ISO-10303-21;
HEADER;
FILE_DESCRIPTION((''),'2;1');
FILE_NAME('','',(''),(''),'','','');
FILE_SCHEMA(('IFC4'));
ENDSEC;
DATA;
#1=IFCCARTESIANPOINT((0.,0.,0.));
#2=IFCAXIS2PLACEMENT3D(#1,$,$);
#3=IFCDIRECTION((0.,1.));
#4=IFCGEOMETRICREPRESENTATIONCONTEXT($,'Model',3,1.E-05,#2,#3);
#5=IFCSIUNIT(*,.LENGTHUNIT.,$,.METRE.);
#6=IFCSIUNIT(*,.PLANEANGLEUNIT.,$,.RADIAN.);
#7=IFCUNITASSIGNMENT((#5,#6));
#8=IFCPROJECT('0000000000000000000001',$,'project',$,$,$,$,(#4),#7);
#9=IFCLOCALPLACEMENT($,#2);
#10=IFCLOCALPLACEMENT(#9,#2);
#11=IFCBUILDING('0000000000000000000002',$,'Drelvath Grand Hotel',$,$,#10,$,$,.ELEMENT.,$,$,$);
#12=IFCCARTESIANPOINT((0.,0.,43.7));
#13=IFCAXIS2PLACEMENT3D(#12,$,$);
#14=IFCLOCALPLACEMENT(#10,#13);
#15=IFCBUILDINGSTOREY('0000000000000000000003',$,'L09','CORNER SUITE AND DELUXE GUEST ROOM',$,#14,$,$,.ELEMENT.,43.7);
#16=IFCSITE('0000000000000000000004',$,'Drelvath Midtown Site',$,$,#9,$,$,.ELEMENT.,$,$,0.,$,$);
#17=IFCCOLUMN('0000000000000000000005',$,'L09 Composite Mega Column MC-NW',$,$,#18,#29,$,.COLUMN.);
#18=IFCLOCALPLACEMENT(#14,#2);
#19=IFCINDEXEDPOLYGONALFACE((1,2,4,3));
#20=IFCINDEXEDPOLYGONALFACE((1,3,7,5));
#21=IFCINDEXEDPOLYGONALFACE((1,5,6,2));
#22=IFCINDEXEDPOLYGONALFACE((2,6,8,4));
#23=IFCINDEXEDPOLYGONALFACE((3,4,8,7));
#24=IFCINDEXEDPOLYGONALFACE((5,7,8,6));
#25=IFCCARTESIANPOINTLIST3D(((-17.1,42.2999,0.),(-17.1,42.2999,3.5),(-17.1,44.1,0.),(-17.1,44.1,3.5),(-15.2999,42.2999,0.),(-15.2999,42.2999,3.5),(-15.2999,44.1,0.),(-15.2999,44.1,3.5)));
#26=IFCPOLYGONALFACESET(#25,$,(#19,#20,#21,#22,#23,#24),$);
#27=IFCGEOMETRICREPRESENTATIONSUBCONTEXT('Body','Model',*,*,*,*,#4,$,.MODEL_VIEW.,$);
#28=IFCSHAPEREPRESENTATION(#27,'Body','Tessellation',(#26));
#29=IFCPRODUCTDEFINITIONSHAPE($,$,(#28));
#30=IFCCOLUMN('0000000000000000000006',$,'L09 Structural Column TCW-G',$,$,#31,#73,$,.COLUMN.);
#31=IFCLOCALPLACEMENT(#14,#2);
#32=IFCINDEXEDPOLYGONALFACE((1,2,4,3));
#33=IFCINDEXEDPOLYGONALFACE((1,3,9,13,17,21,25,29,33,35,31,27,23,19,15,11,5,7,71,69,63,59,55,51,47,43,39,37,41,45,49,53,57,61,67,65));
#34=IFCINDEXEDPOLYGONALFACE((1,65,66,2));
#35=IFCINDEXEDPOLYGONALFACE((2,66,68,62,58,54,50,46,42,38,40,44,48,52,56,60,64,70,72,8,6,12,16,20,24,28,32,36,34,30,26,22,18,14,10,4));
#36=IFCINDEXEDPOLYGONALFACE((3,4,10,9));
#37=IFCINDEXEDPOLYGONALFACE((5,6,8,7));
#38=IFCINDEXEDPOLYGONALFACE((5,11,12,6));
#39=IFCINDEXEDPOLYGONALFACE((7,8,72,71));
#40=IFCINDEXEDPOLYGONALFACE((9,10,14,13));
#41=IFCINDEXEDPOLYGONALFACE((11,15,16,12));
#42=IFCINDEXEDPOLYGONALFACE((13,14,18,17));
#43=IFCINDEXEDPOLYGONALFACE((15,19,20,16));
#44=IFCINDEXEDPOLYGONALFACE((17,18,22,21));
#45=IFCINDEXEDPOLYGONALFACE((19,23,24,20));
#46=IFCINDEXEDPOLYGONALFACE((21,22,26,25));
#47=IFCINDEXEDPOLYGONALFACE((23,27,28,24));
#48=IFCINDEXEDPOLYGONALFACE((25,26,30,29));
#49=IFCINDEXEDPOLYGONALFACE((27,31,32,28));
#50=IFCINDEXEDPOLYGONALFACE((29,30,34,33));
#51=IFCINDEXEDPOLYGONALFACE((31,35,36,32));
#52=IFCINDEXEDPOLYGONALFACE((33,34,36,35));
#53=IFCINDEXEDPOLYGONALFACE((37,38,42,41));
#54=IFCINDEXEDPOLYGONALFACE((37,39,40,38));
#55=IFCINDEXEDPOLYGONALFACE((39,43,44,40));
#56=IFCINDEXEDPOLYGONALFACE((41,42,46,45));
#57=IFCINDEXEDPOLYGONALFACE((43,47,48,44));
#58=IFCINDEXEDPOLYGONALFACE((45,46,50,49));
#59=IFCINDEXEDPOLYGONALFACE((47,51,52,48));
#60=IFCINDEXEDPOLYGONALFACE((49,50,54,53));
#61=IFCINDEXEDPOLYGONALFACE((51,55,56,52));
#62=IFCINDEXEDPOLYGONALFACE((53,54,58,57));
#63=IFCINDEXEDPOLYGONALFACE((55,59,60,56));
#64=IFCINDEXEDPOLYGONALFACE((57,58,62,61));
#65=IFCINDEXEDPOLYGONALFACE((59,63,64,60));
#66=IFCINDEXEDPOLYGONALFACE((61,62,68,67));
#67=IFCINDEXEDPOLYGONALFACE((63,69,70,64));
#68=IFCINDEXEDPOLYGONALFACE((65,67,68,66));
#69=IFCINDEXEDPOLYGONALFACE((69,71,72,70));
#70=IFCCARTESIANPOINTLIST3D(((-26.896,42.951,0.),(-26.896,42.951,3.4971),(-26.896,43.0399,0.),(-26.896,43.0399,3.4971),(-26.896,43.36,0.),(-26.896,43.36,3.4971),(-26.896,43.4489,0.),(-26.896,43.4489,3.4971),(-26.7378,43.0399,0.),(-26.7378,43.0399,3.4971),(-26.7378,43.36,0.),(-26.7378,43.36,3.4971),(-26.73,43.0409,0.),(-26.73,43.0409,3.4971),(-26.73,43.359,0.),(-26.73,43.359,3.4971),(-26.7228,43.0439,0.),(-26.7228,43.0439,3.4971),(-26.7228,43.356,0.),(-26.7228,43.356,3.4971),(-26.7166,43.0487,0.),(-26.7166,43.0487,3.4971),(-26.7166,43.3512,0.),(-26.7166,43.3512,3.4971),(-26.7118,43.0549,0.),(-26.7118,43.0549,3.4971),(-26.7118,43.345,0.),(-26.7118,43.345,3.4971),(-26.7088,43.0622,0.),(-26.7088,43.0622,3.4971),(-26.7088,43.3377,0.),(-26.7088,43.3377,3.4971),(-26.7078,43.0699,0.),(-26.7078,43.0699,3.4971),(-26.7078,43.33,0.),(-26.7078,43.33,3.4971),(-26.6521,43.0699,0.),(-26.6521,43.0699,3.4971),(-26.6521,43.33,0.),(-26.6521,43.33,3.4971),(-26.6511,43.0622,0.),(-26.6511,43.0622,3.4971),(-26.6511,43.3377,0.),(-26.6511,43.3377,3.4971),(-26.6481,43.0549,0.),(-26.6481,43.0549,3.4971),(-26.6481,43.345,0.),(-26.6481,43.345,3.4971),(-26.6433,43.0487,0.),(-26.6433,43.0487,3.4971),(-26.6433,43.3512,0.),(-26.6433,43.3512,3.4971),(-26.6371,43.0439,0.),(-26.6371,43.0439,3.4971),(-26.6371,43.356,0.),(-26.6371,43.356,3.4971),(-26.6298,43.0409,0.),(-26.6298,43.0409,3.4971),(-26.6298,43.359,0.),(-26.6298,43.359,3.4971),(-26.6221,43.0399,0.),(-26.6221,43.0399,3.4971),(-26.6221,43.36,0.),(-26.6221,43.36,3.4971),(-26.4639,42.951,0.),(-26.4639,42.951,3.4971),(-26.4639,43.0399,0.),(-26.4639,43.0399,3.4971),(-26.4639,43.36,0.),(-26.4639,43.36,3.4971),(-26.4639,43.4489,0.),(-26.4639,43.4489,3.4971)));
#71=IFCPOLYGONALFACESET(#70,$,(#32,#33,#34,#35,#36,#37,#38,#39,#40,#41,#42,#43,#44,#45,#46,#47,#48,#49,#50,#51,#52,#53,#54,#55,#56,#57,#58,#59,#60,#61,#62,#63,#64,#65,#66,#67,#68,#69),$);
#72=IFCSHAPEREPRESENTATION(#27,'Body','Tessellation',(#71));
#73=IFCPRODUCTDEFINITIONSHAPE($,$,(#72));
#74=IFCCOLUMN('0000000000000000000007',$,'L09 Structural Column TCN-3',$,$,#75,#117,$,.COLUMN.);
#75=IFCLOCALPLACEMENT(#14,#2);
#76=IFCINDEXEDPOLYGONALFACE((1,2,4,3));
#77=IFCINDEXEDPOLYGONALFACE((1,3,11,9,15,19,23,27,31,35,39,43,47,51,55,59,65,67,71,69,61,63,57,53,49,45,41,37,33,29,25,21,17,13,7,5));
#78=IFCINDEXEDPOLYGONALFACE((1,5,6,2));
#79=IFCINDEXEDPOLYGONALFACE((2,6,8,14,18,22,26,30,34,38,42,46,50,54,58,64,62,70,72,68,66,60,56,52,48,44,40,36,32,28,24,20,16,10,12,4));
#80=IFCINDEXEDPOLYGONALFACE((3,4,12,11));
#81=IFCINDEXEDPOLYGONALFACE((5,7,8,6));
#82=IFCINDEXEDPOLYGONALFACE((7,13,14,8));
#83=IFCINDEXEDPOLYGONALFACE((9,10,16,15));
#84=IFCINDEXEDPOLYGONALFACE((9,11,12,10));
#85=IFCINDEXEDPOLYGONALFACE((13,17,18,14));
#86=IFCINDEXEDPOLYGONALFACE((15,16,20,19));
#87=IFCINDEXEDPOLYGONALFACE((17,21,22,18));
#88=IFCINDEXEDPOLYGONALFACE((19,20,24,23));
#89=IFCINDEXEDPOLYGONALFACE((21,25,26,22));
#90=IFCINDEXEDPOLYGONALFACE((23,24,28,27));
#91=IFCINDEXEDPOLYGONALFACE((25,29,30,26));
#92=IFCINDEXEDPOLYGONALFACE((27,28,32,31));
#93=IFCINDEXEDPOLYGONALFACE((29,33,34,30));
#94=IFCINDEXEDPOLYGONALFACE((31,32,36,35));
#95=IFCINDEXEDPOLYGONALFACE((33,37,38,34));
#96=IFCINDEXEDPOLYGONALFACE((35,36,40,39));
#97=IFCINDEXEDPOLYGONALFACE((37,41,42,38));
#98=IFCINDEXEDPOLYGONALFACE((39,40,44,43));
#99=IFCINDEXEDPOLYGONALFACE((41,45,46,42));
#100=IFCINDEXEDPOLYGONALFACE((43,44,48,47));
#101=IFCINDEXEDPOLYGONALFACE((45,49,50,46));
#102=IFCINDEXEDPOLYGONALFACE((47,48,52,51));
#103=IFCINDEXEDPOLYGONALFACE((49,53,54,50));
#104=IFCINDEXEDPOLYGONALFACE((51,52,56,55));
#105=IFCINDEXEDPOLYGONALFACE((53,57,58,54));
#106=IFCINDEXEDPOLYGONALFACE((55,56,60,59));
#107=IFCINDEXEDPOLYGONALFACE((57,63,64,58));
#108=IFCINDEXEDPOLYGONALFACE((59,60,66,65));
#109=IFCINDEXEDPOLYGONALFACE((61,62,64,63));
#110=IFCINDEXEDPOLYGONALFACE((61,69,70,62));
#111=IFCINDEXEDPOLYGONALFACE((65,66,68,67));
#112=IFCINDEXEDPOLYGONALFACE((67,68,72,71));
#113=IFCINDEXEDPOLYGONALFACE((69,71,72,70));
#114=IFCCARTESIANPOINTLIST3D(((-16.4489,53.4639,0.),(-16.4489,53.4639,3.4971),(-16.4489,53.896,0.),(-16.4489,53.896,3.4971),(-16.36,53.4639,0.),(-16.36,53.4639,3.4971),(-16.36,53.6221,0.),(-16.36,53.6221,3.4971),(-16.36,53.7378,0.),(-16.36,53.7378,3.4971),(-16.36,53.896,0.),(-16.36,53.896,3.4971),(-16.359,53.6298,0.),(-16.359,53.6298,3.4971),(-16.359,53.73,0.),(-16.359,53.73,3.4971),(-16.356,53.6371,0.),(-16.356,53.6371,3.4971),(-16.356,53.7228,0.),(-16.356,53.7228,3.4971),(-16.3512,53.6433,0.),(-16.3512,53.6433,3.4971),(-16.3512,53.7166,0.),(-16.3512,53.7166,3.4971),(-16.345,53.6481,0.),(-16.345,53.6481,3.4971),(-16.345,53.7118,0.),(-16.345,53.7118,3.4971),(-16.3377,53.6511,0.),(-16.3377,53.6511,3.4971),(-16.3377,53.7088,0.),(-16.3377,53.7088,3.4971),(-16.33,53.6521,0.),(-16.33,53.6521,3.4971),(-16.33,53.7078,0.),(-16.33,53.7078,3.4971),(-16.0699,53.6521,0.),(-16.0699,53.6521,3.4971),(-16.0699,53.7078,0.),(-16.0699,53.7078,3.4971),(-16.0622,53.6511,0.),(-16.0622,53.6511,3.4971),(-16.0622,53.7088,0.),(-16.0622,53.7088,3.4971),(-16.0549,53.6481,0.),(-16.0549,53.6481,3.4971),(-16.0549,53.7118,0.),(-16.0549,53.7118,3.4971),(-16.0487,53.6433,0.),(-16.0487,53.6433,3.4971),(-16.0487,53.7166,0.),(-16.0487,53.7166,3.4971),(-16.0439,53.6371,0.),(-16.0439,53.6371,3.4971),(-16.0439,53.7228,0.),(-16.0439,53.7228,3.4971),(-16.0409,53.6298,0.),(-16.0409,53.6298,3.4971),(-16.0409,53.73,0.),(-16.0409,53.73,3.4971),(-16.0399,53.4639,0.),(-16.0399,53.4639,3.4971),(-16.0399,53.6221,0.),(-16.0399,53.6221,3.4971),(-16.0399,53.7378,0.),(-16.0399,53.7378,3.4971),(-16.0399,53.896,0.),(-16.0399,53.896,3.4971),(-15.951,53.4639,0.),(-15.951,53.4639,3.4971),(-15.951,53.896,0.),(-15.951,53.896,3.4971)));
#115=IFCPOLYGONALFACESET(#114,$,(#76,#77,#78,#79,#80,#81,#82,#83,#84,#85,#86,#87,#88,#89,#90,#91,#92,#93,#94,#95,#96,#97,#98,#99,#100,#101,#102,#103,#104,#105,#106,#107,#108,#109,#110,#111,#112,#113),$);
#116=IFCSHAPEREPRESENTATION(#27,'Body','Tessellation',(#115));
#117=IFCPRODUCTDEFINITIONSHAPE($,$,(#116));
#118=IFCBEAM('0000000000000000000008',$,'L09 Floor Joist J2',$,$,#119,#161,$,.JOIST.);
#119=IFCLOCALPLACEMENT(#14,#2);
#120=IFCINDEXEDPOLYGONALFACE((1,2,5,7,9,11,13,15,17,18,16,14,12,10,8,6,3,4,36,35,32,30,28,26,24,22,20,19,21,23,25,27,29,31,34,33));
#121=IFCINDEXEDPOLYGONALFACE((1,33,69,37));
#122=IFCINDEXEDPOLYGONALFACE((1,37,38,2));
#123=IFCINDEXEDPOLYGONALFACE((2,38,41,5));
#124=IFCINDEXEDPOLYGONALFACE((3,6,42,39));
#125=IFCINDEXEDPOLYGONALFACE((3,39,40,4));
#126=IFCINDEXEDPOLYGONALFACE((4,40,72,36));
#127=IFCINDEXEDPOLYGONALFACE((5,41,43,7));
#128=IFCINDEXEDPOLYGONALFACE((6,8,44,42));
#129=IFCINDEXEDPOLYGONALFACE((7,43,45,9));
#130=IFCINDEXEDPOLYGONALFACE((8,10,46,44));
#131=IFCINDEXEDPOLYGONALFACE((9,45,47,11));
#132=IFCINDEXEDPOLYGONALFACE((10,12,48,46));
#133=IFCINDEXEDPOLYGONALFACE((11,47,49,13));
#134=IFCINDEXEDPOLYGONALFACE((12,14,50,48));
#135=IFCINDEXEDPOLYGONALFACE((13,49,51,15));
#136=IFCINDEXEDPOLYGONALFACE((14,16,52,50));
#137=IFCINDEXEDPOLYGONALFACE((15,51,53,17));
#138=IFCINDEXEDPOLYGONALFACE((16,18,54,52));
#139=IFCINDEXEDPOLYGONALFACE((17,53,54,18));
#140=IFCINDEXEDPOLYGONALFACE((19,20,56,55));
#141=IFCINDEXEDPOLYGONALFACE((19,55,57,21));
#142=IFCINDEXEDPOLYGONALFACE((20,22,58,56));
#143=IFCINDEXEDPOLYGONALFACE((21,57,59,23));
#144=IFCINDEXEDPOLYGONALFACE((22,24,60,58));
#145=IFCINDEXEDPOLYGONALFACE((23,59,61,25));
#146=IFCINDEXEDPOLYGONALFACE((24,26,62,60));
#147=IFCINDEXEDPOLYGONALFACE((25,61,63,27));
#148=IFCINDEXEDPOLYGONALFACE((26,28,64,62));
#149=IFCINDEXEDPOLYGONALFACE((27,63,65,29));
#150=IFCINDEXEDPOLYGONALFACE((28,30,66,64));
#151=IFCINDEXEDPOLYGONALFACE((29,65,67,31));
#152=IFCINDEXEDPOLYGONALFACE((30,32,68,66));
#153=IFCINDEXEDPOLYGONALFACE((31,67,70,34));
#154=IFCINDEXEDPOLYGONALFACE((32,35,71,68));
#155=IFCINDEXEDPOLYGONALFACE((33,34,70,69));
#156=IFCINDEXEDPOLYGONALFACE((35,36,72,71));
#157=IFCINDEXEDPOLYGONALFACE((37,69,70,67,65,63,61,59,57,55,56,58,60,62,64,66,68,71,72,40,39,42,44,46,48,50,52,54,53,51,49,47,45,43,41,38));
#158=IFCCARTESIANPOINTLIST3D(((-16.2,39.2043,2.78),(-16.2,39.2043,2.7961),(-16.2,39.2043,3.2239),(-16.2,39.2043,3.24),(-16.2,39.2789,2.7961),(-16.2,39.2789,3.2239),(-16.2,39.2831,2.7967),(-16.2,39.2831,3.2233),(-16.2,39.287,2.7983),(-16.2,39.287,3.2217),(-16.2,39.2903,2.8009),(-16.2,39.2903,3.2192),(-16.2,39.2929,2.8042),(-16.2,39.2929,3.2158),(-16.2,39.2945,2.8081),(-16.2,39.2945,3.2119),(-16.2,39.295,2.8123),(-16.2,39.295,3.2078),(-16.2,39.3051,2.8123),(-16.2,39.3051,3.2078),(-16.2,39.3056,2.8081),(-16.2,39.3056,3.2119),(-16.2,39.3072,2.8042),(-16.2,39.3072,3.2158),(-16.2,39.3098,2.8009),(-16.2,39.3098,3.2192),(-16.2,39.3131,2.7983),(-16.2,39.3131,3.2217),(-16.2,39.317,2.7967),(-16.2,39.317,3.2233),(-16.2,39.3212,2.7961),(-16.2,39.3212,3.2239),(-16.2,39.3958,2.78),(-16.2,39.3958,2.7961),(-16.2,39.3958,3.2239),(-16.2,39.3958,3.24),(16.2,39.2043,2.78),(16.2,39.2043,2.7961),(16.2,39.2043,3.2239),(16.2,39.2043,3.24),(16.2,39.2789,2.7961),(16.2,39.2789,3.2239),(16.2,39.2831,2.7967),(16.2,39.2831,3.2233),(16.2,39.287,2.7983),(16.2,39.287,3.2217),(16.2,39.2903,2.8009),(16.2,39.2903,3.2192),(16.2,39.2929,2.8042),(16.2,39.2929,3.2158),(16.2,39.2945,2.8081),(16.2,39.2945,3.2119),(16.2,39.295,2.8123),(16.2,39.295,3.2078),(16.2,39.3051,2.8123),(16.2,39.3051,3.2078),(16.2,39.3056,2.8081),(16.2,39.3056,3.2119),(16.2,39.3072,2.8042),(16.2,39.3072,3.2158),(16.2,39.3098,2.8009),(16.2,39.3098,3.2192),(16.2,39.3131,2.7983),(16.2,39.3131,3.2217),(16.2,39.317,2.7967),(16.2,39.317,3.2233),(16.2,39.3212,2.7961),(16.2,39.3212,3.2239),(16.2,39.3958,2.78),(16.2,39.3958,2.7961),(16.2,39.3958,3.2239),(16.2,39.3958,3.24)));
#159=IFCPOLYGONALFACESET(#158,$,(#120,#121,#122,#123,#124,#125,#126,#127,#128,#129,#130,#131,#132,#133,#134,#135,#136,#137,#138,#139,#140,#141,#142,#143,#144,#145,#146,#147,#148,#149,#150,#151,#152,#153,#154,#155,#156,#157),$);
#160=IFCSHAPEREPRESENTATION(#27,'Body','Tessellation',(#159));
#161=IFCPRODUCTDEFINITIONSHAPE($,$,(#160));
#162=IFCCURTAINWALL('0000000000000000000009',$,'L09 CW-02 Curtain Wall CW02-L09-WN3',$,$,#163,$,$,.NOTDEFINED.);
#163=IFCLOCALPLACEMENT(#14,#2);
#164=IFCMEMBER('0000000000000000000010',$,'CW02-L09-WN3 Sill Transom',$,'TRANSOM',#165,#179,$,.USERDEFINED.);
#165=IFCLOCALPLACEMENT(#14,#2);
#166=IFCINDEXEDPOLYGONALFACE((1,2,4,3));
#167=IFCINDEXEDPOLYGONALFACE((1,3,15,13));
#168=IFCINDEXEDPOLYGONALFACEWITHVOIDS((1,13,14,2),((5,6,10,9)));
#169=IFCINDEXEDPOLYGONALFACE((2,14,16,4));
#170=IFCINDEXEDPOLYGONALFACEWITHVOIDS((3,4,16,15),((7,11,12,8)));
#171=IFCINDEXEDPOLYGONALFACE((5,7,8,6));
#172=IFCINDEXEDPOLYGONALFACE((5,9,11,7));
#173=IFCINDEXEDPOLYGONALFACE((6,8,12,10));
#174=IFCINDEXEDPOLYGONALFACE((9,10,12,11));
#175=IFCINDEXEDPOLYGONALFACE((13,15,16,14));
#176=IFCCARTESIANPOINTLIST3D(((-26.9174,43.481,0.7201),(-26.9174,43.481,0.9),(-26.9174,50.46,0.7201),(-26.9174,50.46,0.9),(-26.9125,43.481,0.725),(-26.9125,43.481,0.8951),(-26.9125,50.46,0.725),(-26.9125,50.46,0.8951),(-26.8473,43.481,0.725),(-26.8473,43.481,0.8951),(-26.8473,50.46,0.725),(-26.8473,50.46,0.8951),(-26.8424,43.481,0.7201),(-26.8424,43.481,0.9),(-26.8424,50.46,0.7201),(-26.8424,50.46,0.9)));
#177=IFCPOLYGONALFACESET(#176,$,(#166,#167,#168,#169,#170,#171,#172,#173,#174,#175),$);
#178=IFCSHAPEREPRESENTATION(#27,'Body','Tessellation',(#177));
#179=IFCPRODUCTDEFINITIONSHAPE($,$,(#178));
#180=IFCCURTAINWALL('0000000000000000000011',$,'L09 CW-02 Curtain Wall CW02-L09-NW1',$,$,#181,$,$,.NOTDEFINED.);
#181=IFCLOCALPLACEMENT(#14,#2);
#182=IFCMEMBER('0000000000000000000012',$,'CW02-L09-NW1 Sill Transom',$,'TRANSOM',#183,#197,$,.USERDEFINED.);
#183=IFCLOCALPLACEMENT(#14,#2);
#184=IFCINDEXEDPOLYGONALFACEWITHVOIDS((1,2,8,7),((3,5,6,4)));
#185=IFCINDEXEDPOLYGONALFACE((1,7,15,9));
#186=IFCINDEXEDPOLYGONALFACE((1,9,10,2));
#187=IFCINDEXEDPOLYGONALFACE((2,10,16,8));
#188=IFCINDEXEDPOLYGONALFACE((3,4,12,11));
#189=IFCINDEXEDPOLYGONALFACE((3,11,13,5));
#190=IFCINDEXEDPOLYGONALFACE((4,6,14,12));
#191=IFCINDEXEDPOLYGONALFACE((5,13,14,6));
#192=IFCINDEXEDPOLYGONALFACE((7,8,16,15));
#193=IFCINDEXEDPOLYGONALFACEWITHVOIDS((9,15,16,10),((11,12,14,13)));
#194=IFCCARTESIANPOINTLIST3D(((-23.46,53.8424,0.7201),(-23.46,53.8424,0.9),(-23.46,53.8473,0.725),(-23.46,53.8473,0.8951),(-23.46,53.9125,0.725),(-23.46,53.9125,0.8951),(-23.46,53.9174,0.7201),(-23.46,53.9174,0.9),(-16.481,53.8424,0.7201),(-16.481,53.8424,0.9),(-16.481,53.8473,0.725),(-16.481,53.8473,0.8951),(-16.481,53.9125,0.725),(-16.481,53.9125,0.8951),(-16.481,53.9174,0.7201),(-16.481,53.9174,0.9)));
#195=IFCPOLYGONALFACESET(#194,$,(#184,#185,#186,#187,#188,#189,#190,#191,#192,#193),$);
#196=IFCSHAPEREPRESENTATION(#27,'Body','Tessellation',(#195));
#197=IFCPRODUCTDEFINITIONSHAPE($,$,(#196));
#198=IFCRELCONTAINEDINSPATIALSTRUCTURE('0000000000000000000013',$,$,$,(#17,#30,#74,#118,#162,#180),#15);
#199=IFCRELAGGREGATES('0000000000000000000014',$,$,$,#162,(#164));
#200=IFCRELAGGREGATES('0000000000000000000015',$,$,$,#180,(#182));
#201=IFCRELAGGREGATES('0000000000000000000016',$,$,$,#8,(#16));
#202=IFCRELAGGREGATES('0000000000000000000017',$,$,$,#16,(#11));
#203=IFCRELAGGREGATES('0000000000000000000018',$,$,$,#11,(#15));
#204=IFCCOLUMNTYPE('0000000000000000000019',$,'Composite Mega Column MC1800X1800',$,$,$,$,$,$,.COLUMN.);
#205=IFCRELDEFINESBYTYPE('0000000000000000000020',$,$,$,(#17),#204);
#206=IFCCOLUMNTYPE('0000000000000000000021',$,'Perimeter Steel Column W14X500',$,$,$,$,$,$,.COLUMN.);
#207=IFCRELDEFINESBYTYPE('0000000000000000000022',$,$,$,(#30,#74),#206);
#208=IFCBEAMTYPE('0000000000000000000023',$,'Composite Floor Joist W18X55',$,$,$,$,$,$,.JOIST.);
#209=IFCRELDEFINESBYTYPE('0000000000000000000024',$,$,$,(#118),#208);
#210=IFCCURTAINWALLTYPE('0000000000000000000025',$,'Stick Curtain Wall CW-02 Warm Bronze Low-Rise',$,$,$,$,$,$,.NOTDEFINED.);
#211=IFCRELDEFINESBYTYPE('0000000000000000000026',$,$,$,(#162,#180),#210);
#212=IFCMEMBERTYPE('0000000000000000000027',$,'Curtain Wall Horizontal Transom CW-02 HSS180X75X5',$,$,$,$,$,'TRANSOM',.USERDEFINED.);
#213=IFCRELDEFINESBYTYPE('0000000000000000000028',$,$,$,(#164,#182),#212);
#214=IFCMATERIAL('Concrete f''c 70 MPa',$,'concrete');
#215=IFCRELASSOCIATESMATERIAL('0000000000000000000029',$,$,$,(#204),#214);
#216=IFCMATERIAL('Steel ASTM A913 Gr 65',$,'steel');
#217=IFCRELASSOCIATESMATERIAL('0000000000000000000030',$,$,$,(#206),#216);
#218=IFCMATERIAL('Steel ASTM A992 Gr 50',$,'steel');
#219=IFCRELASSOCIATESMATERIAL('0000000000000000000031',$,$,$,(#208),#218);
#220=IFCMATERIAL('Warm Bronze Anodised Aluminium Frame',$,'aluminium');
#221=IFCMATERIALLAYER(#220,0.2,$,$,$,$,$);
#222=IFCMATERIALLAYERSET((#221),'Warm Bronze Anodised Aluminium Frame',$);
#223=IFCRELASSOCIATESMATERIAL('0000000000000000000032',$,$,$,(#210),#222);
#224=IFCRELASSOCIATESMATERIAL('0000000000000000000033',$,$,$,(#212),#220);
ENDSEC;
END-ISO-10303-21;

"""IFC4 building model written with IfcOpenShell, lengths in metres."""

from ifc_helpers import new_model, si_unit, direction, frame, origin, origin_2d, place, context, subcontext, project, spatial, rectangle, hollow_rectangle, i_section, extrude, material, layer, layer_set, material_profile, profile_set, type_object, element, aggregate, save


model = new_model("IFC4")

# Units and contexts
model_context = context("Model", 3, precision=1e-05, world=origin(), true_north=direction((0.0, 1.0)))
body_context = subcontext(model_context, "Body", "Model", "MODEL_VIEW")
ifc_project = project(units=[si_unit("LENGTHUNIT", "METRE"), si_unit("PLANEANGLEUNIT", "RADIAN")], contexts=[model_context])

# Site, building, storey
site_placement = place(None, origin())
site = spatial("IfcSite", under=ifc_project, at=site_placement, Name="Drelvath Midtown Site", CompositionType="ELEMENT", RefElevation=0.0)
building_placement = place(site_placement, origin())
building = spatial("IfcBuilding", under=site, at=building_placement, Name="Drelvath Grand Hotel", CompositionType="ELEMENT")
storey_placement = place(building_placement, frame((0.0, 0.0, 43.7)))
storey = spatial("IfcBuildingStorey", under=building, at=storey_placement, Name="L09", Description="CORNER SUITE AND DELUXE GUEST ROOM", CompositionType="ELEMENT", Elevation=43.7)

# Columns
ifc_material_1 = material(Name="Concrete f'c 70 MPa", Category="concrete")
ifc_material_profile_1 = material_profile(ifc_material_1, rectangle(XDim=1.8, YDim=1.8, at=origin_2d()), Name="MC1800X1800")
ifc_profile_set_1 = profile_set([ifc_material_profile_1], Name="Concrete f'c 70 MPa")
column_type_1 = type_object("IfcColumnType", Name="Composite Mega Column MC1800X1800", PredefinedType="COLUMN", material=ifc_profile_set_1)
column_placement = place(storey_placement, frame((-16.2, 43.2, 0.0), z_axis=(0.0, 0.0, 1.0), x_axis=(1.0, 0.0, 0.0)))
element("IfcColumn", 1, at=column_placement, inside=storey, type_object=column_type_1, Name="L09 Composite Mega Column MC-NW", PredefinedType="COLUMN", context=body_context, shape_type="SweptSolid", body=[
    extrude(rectangle(XDim=1.8, YDim=1.8, at=origin_2d()), origin(), (0.0, 0.0, 1.0), 3.5),
])
ifc_material_2 = material(Name="Steel ASTM A913 Gr 65", Category="steel")
ifc_material_profile_2 = material_profile(ifc_material_2, i_section(OverallWidth=0.4321, OverallDepth=0.4978, WebThickness=0.0557, FlangeThickness=0.0889, FilletRadius=0.03, at=origin_2d()), Name="W14X500")
ifc_profile_set_2 = profile_set([ifc_material_profile_2], Name="Steel ASTM A913 Gr 65")
column_type_2 = type_object("IfcColumnType", Name="Perimeter Steel Column W14X500", PredefinedType="COLUMN", material=ifc_profile_set_2)
for number, where, z_axis, x_axis, name in (
    (2, (-26.6799, 43.2, 0.0), (0.0, 0.0, 1.0), (1.0, 0.0, 0.0), "L09 Structural Column TCW-G"),
    (3, (-16.2, 53.6799, 0.0), (0.0, 0.0, 1.0), (0.0, 1.0, 0.0), "L09 Structural Column TCN-3"),
):
    element("IfcColumn", number, at=place(storey_placement, frame(where, z_axis=z_axis, x_axis=x_axis)), inside=storey, type_object=column_type_2, Name=name, PredefinedType="COLUMN", context=body_context, shape_type="SweptSolid", body=[
        extrude(i_section(OverallWidth=0.4321, OverallDepth=0.4978, WebThickness=0.0557, FlangeThickness=0.0889, FilletRadius=0.03, at=origin_2d()), origin(), (0.0, 0.0, 1.0), 3.4971),
    ])

# Beam
ifc_material_3 = material(Name="Steel ASTM A992 Gr 50", Category="steel")
ifc_material_profile_3 = material_profile(ifc_material_3, i_section(OverallWidth=0.1914, OverallDepth=0.46, WebThickness=0.01, FlangeThickness=0.0161, FilletRadius=0.0161, at=origin_2d()), Name="W18X55")
ifc_profile_set_3 = profile_set([ifc_material_profile_3], Name="Steel ASTM A992 Gr 50")
beam_type_1 = type_object("IfcBeamType", Name="Composite Floor Joist W18X55", PredefinedType="JOIST", material=ifc_profile_set_3)
beam_1_placement = place(storey_placement, frame((-16.2, 39.3, 3.01), z_axis=(1.0, 0.0, 0.0), x_axis=(0.0, 1.0, 0.0)))
element("IfcBeam", 4, at=beam_1_placement, inside=storey, type_object=beam_type_1, Name="L09 Floor Joist J2", PredefinedType="JOIST", context=body_context, shape_type="SweptSolid", body=[
    extrude(i_section(OverallWidth=0.1914, OverallDepth=0.46, WebThickness=0.01, FlangeThickness=0.0161, FilletRadius=0.0161, at=origin_2d()), origin(), (0.0, 0.0, 1.0), 32.3999),
])

# Curtain walls, members
ifc_material_4 = material(Name="Warm Bronze Anodised Aluminium Frame", Category="aluminium")
ifc_layer_1 = layer(ifc_material_4, 0.2)
ifc_layer_set_1 = layer_set([ifc_layer_1], Name="Warm Bronze Anodised Aluminium Frame")
curtain_wall_type = type_object("IfcCurtainWallType", Name="Stick Curtain Wall CW-02 Warm Bronze Low-Rise", PredefinedType="NOTDEFINED", material=ifc_layer_set_1)
curtain_wall_1_placement = place(storey_placement, origin())
curtain_wall_1 = element("IfcCurtainWall", 5, at=curtain_wall_1_placement, inside=storey, type_object=curtain_wall_type, Name="L09 CW-02 Curtain Wall CW02-L09-WN3", PredefinedType="NOTDEFINED")
ifc_material_profile_4 = material_profile(ifc_material_4, hollow_rectangle(XDim=0.075, YDim=0.1799, WallThickness=0.0049, at=origin_2d()), Name="HSS180X75X5")
ifc_profile_set_4 = profile_set([ifc_material_profile_4], Name="Warm Bronze Anodised Aluminium Frame")
member_type_1 = type_object("IfcMemberType", Name="Curtain Wall Horizontal Transom CW-02 HSS180X75X5", ElementType="TRANSOM", PredefinedType="USERDEFINED", material=ifc_profile_set_4)
member_1_placement = place(storey_placement, frame((-26.8799, 43.481, 0.8101), z_axis=(0.0, 1.0, 0.0), x_axis=(-1.0, 0.0, 0.0)))
member_1 = element("IfcMember", 6, at=member_1_placement, type_object=member_type_1, Name="CW02-L09-WN3 Sill Transom", ObjectType="TRANSOM", PredefinedType="USERDEFINED", context=body_context, shape_type="SweptSolid", body=[
    extrude(hollow_rectangle(XDim=0.075, YDim=0.1799, WallThickness=0.0049, at=origin_2d()), origin(), (0.0, 0.0, 1.0), 6.979),
])
curtain_wall_2_placement = place(storey_placement, origin())
curtain_wall_2 = element("IfcCurtainWall", 7, at=curtain_wall_2_placement, inside=storey, type_object=curtain_wall_type, Name="L09 CW-02 Curtain Wall CW02-L09-NW1", PredefinedType="NOTDEFINED")
member_2_placement = place(storey_placement, frame((-23.46, 53.8799, 0.8101), z_axis=(1.0, 0.0, 0.0), x_axis=(0.0, 1.0, 0.0)))
member_2 = element("IfcMember", 8, at=member_2_placement, type_object=member_type_1, Name="CW02-L09-NW1 Sill Transom", ObjectType="TRANSOM", PredefinedType="USERDEFINED", context=body_context, shape_type="SweptSolid", body=[
    extrude(hollow_rectangle(XDim=0.075, YDim=0.1799, WallThickness=0.0049, at=origin_2d()), origin(), (0.0, 0.0, 1.0), 6.979),
])

aggregate(curtain_wall_1, [member_1])
aggregate(curtain_wall_2, [member_2])

save(model, "model.ifc")
